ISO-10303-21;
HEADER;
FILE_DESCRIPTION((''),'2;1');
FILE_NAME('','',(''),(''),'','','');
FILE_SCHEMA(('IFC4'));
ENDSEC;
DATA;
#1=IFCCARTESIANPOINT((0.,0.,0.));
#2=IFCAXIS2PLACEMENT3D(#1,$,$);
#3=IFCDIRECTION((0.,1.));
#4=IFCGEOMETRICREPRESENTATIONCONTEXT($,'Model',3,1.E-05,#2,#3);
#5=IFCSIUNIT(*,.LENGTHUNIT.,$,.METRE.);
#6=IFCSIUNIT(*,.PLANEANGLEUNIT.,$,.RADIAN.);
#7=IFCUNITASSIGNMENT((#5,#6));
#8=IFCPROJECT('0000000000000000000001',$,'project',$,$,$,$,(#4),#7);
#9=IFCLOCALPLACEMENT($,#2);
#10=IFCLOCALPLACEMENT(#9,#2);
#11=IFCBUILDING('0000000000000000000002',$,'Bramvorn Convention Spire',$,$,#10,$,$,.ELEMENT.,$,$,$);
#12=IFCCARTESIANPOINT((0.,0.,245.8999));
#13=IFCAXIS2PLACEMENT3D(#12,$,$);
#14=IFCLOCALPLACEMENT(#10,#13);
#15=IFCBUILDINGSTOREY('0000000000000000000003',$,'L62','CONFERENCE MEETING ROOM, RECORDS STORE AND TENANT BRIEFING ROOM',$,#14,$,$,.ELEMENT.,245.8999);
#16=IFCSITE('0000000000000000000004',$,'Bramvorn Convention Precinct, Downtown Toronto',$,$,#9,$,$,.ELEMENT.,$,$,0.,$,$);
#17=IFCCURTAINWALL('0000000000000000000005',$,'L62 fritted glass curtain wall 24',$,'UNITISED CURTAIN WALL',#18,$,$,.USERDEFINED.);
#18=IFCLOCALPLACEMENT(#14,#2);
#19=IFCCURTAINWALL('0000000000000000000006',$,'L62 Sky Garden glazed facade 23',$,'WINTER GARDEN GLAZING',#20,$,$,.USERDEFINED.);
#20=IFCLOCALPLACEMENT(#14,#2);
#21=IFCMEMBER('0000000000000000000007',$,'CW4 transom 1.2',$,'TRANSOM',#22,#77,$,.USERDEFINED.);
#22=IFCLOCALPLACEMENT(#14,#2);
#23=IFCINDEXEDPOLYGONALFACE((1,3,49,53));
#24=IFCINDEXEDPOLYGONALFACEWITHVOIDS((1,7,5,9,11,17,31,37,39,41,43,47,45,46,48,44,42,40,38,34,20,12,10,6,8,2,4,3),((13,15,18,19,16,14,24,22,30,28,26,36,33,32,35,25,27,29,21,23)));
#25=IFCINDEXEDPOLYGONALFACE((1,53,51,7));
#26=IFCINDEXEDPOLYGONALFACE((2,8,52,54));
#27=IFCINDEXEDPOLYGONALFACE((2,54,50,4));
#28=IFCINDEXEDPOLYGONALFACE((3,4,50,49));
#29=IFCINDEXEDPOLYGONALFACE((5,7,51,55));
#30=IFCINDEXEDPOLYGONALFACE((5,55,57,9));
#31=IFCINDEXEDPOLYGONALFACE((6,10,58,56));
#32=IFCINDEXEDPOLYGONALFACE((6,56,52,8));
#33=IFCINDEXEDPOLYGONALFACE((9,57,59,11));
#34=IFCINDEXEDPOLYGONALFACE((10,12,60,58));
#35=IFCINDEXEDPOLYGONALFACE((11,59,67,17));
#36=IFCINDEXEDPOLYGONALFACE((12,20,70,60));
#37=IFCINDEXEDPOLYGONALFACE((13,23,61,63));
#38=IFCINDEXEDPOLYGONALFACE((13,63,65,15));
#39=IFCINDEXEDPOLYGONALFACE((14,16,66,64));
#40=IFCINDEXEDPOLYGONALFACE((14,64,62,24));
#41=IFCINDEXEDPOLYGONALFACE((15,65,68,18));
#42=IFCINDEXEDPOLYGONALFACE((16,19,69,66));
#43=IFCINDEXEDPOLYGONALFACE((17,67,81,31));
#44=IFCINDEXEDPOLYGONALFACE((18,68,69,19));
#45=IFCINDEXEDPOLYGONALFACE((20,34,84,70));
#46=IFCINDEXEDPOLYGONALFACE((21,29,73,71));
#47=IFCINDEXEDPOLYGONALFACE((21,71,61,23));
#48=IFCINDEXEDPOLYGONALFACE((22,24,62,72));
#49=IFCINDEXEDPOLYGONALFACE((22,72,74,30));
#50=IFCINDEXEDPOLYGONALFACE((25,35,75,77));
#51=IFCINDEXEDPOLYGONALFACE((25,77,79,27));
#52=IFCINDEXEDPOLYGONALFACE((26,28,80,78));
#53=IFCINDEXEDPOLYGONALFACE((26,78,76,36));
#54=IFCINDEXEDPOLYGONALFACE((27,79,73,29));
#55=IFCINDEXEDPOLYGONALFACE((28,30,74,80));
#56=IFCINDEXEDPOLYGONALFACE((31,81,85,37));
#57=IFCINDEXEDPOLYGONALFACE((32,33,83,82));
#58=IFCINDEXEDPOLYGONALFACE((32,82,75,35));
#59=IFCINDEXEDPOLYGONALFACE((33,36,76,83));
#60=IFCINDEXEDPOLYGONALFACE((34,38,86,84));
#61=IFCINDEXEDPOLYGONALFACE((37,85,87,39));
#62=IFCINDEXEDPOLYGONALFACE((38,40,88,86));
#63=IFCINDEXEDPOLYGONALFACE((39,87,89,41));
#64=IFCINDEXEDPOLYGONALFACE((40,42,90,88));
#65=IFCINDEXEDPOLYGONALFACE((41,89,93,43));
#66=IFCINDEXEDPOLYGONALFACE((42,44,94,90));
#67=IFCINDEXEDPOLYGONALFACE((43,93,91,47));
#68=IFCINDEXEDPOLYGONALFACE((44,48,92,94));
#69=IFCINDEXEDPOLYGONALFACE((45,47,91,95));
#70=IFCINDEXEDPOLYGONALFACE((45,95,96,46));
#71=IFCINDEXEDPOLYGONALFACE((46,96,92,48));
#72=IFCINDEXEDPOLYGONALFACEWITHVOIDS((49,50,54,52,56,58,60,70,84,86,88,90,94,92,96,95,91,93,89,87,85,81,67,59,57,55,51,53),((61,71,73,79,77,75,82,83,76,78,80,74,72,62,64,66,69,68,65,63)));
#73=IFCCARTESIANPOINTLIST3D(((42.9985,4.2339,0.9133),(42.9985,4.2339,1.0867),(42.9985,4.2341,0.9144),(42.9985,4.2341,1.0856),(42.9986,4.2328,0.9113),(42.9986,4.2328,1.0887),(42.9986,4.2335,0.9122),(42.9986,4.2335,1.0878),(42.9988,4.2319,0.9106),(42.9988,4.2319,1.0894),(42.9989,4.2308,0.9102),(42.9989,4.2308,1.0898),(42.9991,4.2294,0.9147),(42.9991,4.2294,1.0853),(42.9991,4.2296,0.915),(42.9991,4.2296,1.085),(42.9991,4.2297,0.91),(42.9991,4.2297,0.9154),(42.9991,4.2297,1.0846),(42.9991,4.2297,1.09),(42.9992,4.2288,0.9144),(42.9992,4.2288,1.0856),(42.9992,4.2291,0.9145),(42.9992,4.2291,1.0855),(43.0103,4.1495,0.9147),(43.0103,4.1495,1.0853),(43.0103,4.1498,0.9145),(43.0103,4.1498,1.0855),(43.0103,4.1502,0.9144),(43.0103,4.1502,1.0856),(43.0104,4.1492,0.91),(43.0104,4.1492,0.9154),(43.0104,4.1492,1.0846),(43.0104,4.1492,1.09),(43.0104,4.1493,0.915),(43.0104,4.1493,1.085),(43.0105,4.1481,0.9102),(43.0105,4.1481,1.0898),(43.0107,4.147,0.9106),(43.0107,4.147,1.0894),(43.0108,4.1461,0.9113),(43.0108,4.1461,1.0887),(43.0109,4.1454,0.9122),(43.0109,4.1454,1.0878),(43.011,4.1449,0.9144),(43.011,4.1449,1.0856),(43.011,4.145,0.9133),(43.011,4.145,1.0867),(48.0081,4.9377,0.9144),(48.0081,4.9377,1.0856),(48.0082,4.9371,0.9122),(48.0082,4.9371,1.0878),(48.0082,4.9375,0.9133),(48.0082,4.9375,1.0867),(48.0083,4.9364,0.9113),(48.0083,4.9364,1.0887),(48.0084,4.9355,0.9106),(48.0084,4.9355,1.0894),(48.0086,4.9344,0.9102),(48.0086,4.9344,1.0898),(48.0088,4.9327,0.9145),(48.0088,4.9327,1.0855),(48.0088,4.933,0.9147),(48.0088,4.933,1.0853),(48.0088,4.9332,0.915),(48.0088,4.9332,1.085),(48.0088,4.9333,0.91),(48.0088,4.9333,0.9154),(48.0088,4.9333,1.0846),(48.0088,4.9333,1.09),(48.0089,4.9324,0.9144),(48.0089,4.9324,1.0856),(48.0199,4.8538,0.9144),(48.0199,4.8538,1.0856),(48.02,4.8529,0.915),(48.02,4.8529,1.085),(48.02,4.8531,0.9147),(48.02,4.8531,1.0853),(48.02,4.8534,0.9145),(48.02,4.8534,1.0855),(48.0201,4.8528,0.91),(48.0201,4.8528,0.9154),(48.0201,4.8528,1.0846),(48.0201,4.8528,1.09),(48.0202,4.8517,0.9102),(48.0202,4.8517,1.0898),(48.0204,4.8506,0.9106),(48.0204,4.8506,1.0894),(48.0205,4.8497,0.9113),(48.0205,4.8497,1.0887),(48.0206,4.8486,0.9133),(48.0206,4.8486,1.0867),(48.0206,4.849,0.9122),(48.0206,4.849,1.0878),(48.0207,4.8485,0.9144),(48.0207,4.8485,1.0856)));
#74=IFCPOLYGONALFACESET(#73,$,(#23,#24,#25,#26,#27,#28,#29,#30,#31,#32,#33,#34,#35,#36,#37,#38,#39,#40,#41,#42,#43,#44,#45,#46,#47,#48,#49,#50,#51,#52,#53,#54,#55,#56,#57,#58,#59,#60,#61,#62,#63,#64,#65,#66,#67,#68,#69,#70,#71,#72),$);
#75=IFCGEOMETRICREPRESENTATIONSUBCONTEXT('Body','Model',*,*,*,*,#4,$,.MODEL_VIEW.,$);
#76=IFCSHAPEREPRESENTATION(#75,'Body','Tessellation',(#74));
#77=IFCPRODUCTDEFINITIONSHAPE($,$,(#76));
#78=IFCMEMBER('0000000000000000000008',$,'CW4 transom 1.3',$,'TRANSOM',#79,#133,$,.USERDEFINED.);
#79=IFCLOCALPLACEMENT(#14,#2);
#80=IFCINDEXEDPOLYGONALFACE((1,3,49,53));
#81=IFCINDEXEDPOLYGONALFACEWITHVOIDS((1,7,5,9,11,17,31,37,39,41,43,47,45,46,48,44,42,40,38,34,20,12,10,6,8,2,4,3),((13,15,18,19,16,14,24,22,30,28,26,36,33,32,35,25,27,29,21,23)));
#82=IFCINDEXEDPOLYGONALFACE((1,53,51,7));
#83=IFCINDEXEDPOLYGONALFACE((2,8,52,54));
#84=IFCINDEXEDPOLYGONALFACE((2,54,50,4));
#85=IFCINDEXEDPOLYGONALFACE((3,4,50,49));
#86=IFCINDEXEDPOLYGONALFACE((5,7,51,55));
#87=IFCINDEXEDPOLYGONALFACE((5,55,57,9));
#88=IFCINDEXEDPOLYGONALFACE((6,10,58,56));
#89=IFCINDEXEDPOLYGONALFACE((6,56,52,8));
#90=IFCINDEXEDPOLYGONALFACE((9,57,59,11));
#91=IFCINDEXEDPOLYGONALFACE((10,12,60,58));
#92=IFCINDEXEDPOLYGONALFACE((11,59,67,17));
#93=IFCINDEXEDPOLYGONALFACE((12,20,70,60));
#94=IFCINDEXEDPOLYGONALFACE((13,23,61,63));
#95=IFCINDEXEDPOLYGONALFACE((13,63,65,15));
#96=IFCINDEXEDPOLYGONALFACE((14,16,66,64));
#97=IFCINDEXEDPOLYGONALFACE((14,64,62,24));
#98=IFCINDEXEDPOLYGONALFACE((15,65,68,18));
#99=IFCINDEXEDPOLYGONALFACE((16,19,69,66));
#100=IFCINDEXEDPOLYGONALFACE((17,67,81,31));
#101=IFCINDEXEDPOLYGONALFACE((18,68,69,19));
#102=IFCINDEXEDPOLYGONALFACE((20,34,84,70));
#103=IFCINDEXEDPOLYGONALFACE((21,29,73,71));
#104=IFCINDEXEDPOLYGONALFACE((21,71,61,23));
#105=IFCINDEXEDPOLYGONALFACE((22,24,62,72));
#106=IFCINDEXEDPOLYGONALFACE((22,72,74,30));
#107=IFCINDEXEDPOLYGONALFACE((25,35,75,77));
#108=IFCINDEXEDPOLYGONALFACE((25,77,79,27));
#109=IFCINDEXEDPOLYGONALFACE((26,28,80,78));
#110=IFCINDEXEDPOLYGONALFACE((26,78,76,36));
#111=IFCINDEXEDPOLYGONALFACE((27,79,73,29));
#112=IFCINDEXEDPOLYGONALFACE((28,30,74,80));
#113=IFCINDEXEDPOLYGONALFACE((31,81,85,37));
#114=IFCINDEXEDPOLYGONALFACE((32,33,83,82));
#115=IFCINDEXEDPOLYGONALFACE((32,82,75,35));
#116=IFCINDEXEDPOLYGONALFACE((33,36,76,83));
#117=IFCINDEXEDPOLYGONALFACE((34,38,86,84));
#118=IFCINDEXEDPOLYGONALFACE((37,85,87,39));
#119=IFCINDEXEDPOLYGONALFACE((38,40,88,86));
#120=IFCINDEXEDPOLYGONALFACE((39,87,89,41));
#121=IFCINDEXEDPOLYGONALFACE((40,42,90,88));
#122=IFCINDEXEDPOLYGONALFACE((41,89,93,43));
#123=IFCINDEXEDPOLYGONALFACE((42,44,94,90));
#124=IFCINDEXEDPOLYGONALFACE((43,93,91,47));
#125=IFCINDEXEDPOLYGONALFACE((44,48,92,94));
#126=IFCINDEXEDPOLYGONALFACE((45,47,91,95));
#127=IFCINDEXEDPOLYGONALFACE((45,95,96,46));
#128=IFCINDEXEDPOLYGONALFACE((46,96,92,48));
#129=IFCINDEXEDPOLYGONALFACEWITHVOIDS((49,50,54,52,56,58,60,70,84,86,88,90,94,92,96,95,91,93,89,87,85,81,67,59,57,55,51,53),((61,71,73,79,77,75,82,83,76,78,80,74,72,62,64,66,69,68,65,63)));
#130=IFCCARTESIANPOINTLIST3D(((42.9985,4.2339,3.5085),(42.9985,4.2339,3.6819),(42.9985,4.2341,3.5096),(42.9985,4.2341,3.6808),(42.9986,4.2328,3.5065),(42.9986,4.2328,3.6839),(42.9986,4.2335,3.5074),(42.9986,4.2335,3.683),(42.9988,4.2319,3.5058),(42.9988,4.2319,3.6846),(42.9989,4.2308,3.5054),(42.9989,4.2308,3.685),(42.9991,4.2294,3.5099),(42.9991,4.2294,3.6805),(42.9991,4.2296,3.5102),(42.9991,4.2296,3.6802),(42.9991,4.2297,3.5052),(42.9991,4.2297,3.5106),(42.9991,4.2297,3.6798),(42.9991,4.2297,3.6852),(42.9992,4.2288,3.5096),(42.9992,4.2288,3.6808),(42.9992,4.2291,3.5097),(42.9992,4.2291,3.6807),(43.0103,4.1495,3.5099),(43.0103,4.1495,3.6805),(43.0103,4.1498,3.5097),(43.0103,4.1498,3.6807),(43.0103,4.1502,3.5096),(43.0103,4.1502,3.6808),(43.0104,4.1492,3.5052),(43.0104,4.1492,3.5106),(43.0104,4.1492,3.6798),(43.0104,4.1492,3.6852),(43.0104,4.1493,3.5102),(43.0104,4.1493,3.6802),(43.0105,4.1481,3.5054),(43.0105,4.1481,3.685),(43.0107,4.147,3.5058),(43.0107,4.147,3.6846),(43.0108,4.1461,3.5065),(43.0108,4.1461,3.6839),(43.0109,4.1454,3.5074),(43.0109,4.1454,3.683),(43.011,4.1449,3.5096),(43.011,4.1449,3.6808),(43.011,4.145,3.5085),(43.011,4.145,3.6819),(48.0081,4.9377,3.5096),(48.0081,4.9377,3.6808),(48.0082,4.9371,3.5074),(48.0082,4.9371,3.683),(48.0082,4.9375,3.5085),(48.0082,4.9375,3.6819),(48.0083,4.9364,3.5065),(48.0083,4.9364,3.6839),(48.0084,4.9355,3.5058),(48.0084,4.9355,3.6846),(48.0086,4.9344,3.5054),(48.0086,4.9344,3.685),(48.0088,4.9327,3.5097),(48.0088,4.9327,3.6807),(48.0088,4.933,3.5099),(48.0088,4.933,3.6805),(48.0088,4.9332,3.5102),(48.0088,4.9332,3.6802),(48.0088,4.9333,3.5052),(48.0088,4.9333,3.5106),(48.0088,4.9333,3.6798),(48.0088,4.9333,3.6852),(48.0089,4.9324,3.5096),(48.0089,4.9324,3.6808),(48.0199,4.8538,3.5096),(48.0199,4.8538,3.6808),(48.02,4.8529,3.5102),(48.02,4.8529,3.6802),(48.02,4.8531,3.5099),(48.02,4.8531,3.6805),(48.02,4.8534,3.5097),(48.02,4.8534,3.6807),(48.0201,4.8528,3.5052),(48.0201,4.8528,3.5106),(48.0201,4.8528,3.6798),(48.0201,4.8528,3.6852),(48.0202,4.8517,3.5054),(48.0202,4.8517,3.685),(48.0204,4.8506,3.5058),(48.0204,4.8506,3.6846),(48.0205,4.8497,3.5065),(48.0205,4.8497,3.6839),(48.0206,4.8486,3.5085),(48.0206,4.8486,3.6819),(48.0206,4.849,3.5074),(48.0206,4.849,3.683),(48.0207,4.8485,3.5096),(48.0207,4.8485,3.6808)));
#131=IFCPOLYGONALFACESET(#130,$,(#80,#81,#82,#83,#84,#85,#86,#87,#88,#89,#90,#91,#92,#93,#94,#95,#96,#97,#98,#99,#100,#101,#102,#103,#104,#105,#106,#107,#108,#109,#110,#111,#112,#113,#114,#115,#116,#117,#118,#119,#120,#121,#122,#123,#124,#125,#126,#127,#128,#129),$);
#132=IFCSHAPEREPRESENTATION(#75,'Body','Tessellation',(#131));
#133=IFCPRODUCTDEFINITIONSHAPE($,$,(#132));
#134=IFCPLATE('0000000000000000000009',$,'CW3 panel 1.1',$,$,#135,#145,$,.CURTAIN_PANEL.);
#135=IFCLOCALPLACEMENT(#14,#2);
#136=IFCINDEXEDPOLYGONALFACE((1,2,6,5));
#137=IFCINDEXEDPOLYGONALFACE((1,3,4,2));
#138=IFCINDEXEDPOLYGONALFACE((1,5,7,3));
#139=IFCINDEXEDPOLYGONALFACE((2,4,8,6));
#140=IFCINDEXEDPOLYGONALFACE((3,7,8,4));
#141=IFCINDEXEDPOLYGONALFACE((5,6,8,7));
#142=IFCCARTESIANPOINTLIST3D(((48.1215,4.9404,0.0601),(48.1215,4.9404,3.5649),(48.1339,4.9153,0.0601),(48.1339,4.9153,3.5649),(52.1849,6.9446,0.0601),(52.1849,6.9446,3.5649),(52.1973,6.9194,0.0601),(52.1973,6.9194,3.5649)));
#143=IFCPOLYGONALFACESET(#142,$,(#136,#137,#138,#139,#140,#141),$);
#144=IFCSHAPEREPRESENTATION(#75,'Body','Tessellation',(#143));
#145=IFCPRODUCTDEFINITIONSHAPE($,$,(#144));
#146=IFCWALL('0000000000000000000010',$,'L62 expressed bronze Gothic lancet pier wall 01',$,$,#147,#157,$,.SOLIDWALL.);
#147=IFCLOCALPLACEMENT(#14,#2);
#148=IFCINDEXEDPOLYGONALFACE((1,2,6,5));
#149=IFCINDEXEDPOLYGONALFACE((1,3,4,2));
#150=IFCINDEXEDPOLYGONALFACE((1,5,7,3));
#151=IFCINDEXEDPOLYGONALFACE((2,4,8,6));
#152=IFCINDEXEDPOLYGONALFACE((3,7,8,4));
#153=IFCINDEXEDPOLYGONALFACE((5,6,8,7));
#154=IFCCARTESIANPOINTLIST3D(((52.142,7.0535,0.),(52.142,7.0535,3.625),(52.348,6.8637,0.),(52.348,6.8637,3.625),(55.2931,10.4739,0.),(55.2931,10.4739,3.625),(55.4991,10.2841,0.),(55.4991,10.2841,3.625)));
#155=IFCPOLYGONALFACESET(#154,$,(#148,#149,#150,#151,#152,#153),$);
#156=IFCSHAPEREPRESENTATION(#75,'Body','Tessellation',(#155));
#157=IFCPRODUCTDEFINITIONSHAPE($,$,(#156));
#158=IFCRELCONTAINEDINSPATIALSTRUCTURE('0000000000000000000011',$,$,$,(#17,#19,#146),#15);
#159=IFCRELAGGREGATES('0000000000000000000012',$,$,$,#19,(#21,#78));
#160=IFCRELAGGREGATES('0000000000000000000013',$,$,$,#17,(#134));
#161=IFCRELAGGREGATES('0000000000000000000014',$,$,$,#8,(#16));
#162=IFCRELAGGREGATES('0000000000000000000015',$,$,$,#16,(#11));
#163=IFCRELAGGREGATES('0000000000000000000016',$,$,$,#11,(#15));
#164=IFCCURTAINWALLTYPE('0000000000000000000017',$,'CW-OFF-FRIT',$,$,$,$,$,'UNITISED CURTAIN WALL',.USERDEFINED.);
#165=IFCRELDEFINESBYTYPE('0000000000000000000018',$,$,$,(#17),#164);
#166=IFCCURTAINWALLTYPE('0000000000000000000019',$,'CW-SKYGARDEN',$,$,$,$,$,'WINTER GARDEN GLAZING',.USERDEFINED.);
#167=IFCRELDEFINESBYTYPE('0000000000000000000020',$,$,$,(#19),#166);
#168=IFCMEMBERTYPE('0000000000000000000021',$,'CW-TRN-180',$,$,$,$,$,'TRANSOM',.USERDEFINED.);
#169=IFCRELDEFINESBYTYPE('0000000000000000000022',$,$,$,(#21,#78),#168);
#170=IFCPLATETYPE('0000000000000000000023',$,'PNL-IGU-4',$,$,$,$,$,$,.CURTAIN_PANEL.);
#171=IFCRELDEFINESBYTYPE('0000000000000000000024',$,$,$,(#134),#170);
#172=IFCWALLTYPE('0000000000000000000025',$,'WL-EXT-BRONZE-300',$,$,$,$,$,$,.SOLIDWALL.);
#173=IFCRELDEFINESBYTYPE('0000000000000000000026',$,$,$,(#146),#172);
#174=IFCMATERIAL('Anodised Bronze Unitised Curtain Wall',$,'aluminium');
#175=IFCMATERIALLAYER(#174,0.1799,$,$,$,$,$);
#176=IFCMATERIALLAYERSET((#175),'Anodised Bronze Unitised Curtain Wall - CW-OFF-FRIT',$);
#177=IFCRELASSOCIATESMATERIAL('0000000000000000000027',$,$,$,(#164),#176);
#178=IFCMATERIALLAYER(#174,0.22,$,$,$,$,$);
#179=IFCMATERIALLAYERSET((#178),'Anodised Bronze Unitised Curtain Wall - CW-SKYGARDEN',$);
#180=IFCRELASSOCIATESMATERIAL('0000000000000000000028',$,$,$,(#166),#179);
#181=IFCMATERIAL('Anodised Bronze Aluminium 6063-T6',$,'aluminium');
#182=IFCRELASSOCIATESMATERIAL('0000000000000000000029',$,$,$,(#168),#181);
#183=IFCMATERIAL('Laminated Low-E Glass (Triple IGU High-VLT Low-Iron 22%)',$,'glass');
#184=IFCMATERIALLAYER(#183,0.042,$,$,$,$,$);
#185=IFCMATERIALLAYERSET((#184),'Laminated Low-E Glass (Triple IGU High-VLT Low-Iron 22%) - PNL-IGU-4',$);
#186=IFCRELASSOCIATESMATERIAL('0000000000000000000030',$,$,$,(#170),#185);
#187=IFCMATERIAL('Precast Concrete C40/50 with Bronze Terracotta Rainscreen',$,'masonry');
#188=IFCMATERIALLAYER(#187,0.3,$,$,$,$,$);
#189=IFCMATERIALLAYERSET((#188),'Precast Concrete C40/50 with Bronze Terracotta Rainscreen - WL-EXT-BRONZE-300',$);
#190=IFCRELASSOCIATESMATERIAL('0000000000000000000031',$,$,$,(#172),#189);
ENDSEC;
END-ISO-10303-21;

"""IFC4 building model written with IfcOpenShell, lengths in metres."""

from ifc_helpers import new_model, si_unit, direction, frame, frame_2d, origin, origin_2d, place, context, subcontext, project, spatial, rectangle, hollow_rectangle, extrude, material, layer, layer_set, material_profile, profile_set, type_object, element, aggregate, save


model = new_model("IFC4")

# Units and contexts
model_context = context("Model", 3, precision=1e-05, world=origin(), true_north=direction((0.0, 1.0)))
body_context = subcontext(model_context, "Body", "Model", "MODEL_VIEW")
ifc_project = project(units=[si_unit("LENGTHUNIT", "METRE"), si_unit("PLANEANGLEUNIT", "RADIAN")], contexts=[model_context])

# Site, building, storey
site_placement = place(None, origin())
site = spatial("IfcSite", under=ifc_project, at=site_placement, Name="Bramvorn Convention Precinct, Downtown Toronto", CompositionType="ELEMENT", RefElevation=0.0)
building_placement = place(site_placement, origin())
building = spatial("IfcBuilding", under=site, at=building_placement, Name="Bramvorn Convention Spire", CompositionType="ELEMENT")
storey_placement = place(building_placement, frame((0.0, 0.0, 245.8999)))
storey = spatial("IfcBuildingStorey", under=building, at=storey_placement, Name="L62", Description="CONFERENCE MEETING ROOM, RECORDS STORE AND TENANT BRIEFING ROOM", CompositionType="ELEMENT", Elevation=245.8999)

# Curtain wall
ifc_material_1 = material(Name="Anodised Bronze Unitised Curtain Wall", Category="aluminium")
ifc_layer_1 = layer(ifc_material_1, 0.1799)
ifc_layer_set_1 = layer_set([ifc_layer_1], Name="Anodised Bronze Unitised Curtain Wall - CW-OFF-FRIT")
curtain_wall_type_1 = type_object("IfcCurtainWallType", Name="CW-OFF-FRIT", ElementType="UNITISED CURTAIN WALL", PredefinedType="USERDEFINED", material=ifc_layer_set_1)
curtain_wall_1_placement = place(storey_placement, origin())
curtain_wall_1 = element("IfcCurtainWall", 1, at=curtain_wall_1_placement, inside=storey, type_object=curtain_wall_type_1, Name="L62 fritted glass curtain wall 24", ObjectType="UNITISED CURTAIN WALL", PredefinedType="USERDEFINED")
ifc_material_2 = material(Name="Anodised Bronze Aluminium 6063-T6", Category="aluminium")

# Curtain wall
ifc_layer_2 = layer(ifc_material_1, 0.22)
ifc_layer_set_2 = layer_set([ifc_layer_2], Name="Anodised Bronze Unitised Curtain Wall - CW-SKYGARDEN")
curtain_wall_type_2 = type_object("IfcCurtainWallType", Name="CW-SKYGARDEN", ElementType="WINTER GARDEN GLAZING", PredefinedType="USERDEFINED", material=ifc_layer_set_2)
curtain_wall_2_placement = place(storey_placement, origin())
curtain_wall_2 = element("IfcCurtainWall", 2, at=curtain_wall_2_placement, inside=storey, type_object=curtain_wall_type_2, Name="L62 Sky Garden glazed facade 23", ObjectType="WINTER GARDEN GLAZING", PredefinedType="USERDEFINED")

# Members
ifc_material_profile_1 = material_profile(ifc_material_2, hollow_rectangle(XDim=0.0901, YDim=0.1799, WallThickness=0.0044, InnerFilletRadius=0.001, OuterFilletRadius=0.0044, at=origin_2d()))
ifc_profile_set_1 = profile_set([ifc_material_profile_1], Name="Anodised Bronze Aluminium 6063-T6 - CWT90X180")
member_type_1 = type_object("IfcMemberType", Name="CW-TRN-180", ElementType="TRANSOM", PredefinedType="USERDEFINED", material=ifc_profile_set_1)
member_1_placement = place(storey_placement, frame((48.0144, 4.8931, 1.0), z_axis=(-0.990281, -0.139083, 0.0), x_axis=(0.139083, -0.990281, 0.0)))
member_1 = element("IfcMember", 3, at=member_1_placement, type_object=member_type_1, Name="CW4 transom 1.2", ObjectType="TRANSOM", PredefinedType="USERDEFINED", context=body_context, shape_type="SweptSolid", body=[
    extrude(hollow_rectangle(XDim=0.0901, YDim=0.1799, WallThickness=0.0044, InnerFilletRadius=0.001, OuterFilletRadius=0.0044, at=origin_2d()), origin(), (0.0, 0.0, 1.0), 5.0588),
])
member_2_placement = place(storey_placement, frame((48.0144, 4.8931, 3.5952), z_axis=(-0.990281, -0.139083, 0.0), x_axis=(0.139083, -0.990281, 0.0)))
member_2 = element("IfcMember", 4, at=member_2_placement, type_object=member_type_1, Name="CW4 transom 1.3", ObjectType="TRANSOM", PredefinedType="USERDEFINED", context=body_context, shape_type="SweptSolid", body=[
    extrude(hollow_rectangle(XDim=0.0901, YDim=0.1799, WallThickness=0.0044, InnerFilletRadius=0.001, OuterFilletRadius=0.0044, at=origin_2d()), origin(), (0.0, 0.0, 1.0), 5.0588),
])
aggregate(curtain_wall_2, [member_1, member_2])

# Plate
ifc_material_3 = material(Name="Laminated Low-E Glass (Triple IGU High-VLT Low-Iron 22%)", Category="glass")
ifc_layer_3 = layer(ifc_material_3, 0.042)
ifc_layer_set_3 = layer_set([ifc_layer_3], Name="Laminated Low-E Glass (Triple IGU High-VLT Low-Iron 22%) - PNL-IGU-4")
plate_type = type_object("IfcPlateType", Name="PNL-IGU-4", PredefinedType="CURTAIN_PANEL", material=ifc_layer_set_3)
plate_placement = place(storey_placement, frame((50.1594, 5.9299, 0.0601), z_axis=(0.0, 0.0, 1.0), x_axis=(-0.896844, -0.442347, 0.0)))
plate = element("IfcPlate", 5, at=plate_placement, type_object=plate_type, Name="CW3 panel 1.1", PredefinedType="CURTAIN_PANEL", context=body_context, shape_type="SweptSolid", body=[
    extrude(rectangle(XDim=4.5308, YDim=0.0281, at=origin_2d()), origin(), (0.0, 0.0, 1.0), 3.5049),
])
aggregate(curtain_wall_1, [plate])

# Wall
ifc_material_4 = material(Name="Precast Concrete C40/50 with Bronze Terracotta Rainscreen", Category="masonry")
ifc_layer_4 = layer(ifc_material_4, 0.3)
ifc_layer_set_4 = layer_set([ifc_layer_4], Name="Precast Concrete C40/50 with Bronze Terracotta Rainscreen - WL-EXT-BRONZE-300")
wall_type_1 = type_object("IfcWallType", Name="WL-EXT-BRONZE-300", PredefinedType="SOLIDWALL", material=ifc_layer_set_4)
wall_1_placement = place(storey_placement, frame((55.396, 10.3789, 0.0), z_axis=(0.0, 0.0, 1.0), x_axis=(-0.677562, -0.735465, 0.0)))
element("IfcWall", 6, at=wall_1_placement, inside=storey, type_object=wall_type_1, Name="L62 expressed bronze Gothic lancet pier wall 01", PredefinedType="SOLIDWALL", context=body_context, shape_type="SweptSolid", body=[
    extrude(rectangle(XDim=4.6506, YDim=0.28, at=frame_2d((2.3252, 0.0))), origin(), (0.0, 0.0, 1.0), 3.625),
])

save(model, "model.ifc")
